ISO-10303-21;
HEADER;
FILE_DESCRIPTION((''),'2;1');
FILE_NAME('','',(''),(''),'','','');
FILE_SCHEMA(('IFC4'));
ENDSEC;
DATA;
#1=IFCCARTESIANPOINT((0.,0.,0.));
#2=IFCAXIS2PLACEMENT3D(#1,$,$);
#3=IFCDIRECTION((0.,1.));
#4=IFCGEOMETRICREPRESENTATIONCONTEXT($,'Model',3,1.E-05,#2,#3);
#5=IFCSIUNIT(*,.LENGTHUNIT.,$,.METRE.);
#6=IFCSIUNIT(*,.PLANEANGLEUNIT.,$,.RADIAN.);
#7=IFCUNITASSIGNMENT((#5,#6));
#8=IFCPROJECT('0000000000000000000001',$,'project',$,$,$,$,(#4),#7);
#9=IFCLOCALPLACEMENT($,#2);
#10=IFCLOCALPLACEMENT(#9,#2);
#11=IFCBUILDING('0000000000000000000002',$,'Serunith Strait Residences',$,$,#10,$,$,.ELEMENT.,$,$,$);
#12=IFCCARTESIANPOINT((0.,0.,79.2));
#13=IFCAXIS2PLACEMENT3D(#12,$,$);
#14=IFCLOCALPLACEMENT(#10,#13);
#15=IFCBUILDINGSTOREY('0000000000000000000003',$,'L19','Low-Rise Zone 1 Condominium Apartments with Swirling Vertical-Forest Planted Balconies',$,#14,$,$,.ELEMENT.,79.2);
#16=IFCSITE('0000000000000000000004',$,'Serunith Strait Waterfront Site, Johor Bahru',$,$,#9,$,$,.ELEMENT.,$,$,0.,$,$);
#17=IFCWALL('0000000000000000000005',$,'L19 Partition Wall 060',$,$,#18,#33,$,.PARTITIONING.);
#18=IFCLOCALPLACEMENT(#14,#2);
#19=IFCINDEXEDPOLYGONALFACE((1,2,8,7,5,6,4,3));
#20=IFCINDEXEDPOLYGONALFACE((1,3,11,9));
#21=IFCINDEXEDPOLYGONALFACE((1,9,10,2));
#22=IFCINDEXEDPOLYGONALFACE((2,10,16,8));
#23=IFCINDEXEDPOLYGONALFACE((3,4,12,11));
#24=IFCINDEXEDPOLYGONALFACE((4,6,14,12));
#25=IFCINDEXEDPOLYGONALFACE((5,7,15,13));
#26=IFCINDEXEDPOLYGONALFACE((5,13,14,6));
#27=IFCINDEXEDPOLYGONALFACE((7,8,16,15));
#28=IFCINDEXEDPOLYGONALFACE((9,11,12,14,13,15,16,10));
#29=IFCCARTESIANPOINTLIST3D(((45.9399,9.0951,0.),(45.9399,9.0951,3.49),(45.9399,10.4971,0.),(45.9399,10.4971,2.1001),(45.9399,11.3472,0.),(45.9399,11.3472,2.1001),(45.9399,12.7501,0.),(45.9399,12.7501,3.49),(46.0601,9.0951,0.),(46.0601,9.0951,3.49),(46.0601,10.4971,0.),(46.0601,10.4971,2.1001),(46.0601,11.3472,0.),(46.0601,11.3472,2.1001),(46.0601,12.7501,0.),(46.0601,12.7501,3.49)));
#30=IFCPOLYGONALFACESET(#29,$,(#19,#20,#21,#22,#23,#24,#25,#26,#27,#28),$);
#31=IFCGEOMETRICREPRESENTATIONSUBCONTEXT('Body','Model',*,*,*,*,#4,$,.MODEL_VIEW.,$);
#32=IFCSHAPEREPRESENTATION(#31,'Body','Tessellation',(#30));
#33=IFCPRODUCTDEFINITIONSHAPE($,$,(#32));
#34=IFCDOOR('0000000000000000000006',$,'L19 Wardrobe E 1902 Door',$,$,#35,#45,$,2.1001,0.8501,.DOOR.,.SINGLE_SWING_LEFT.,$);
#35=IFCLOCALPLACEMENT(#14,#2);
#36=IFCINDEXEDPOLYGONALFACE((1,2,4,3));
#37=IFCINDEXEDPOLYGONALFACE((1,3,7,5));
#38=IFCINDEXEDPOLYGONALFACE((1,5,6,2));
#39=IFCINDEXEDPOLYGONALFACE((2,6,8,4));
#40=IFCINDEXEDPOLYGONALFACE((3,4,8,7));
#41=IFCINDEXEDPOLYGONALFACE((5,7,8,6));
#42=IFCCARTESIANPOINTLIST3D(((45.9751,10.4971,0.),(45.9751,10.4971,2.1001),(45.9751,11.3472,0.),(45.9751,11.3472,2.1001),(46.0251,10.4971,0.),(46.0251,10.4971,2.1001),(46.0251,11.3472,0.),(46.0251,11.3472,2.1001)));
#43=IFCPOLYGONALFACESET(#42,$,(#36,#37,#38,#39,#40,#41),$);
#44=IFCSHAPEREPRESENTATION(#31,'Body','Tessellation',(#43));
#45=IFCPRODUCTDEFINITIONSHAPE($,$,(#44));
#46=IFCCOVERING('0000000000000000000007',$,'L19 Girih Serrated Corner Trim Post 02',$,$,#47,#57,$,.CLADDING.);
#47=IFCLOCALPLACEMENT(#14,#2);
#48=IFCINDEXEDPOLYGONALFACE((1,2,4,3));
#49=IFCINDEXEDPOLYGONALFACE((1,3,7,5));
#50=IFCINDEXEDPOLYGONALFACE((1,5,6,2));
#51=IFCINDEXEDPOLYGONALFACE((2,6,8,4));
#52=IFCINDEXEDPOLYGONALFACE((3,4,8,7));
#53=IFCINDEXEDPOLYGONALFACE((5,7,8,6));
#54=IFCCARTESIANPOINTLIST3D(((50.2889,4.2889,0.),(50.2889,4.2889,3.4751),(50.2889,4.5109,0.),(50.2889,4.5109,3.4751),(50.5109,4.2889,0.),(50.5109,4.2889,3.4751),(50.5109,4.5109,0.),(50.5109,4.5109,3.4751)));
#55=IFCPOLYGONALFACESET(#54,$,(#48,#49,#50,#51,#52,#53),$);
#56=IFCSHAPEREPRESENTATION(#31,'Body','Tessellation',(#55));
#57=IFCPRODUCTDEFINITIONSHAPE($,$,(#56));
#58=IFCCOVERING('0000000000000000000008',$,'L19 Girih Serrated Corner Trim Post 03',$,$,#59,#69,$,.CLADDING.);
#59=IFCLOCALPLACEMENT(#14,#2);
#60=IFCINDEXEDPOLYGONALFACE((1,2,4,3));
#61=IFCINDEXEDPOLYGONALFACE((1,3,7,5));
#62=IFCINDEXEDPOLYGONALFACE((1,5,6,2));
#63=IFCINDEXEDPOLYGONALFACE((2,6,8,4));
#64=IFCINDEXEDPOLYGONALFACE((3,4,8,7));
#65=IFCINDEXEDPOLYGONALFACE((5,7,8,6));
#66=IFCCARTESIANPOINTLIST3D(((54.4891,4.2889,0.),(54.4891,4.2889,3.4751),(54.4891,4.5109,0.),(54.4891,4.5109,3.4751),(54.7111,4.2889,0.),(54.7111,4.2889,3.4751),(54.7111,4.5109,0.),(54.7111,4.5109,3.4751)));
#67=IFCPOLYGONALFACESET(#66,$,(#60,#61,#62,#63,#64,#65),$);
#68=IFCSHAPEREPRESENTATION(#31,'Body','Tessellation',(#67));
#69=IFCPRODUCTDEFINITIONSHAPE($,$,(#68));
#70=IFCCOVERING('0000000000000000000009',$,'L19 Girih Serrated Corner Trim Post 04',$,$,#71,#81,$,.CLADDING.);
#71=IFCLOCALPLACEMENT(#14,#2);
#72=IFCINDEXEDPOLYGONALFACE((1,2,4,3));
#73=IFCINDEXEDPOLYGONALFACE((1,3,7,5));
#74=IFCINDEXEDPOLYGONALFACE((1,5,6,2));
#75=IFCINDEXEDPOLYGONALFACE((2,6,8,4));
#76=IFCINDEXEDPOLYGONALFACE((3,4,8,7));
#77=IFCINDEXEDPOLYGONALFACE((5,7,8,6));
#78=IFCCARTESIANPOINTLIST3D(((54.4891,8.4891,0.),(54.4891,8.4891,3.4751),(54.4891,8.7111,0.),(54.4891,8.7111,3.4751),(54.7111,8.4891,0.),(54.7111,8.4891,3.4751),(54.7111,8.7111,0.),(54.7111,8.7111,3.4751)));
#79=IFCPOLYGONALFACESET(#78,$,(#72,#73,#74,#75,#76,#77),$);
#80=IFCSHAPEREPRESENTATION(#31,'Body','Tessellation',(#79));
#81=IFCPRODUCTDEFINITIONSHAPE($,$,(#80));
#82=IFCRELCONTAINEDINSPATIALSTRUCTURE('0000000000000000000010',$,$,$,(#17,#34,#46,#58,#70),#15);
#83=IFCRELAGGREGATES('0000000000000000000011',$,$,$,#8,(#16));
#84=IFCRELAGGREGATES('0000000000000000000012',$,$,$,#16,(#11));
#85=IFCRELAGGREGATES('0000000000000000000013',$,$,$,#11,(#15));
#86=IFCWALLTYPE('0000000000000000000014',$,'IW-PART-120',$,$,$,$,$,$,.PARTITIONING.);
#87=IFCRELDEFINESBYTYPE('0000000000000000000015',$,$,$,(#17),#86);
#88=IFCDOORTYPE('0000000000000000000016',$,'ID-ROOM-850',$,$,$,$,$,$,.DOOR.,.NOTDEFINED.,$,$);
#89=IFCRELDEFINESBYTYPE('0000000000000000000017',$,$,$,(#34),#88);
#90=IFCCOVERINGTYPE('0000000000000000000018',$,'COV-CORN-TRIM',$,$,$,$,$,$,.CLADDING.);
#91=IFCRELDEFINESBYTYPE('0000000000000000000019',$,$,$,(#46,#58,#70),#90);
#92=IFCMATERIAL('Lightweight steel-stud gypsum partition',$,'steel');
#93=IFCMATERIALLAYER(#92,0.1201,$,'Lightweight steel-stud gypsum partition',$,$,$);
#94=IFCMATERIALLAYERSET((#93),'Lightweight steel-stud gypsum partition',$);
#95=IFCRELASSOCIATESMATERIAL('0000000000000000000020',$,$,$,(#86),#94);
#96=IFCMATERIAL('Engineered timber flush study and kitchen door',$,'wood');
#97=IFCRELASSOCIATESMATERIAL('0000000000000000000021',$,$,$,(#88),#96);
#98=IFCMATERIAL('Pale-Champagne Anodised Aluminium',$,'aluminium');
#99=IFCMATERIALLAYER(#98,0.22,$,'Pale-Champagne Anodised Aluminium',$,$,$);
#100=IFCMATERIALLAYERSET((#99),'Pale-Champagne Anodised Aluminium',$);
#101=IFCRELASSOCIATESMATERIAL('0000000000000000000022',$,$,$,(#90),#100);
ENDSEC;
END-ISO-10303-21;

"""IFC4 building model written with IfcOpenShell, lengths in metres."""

from ifc_helpers import new_model, si_unit, direction, frame, frame_2d, origin, origin_2d, place, context, subcontext, project, spatial, rectangle, extrude, source, transform, mapped, material, layer, layer_set, type_object, element, fill, save


model = new_model("IFC4")

# Units and contexts
model_context = context("Model", 3, precision=1e-05, world=origin(), true_north=direction((0.0, 1.0)))
body_context = subcontext(model_context, "Body", "Model", "MODEL_VIEW")
ifc_project = project(units=[si_unit("LENGTHUNIT", "METRE"), si_unit("PLANEANGLEUNIT", "RADIAN")], contexts=[model_context])

# Site, building, storey
site_placement = place(None, origin())
site = spatial("IfcSite", under=ifc_project, at=site_placement, Name="Serunith Strait Waterfront Site, Johor Bahru", CompositionType="ELEMENT", RefElevation=0.0)
building_placement = place(site_placement, origin())
building = spatial("IfcBuilding", under=site, at=building_placement, Name="Serunith Strait Residences", CompositionType="ELEMENT")
storey_placement = place(building_placement, frame((0.0, 0.0, 79.2)))
storey = spatial("IfcBuildingStorey", under=building, at=storey_placement, Name="L19", Description="Low-Rise Zone 1 Condominium Apartments with Swirling Vertical-Forest Planted Balconies", CompositionType="ELEMENT", Elevation=79.2)

# Shared definitions
ifc_material_1 = material(Name="Pale-Champagne Anodised Aluminium", Category="aluminium")

# Shared definitions
ifc_material_2 = material(Name="Lightweight steel-stud gypsum partition", Category="steel")
ifc_layer_1 = layer(ifc_material_2, 0.1201, Name="Lightweight steel-stud gypsum partition")
ifc_layer_set_1 = layer_set([ifc_layer_1], Name="Lightweight steel-stud gypsum partition")
wall_type_1 = type_object("IfcWallType", Name="IW-PART-120", PredefinedType="PARTITIONING", material=ifc_layer_set_1)

# Wall, opening, door
shared_shape_1 = source(origin(), body_context, "Body", "SweptSolid", [
    extrude(rectangle(XDim=0.8501, YDim=2.1001, at=frame_2d((0.425, 1.05))), frame((0.0, 0.0249, 0.0), z_axis=(0.0, -1.0, 0.0), x_axis=(1.0, 0.0, 0.0)), (0.0, 0.0, 1.0), 0.05),
])
wall_1_placement = place(storey_placement, frame((46.0, 9.095, 0.0), z_axis=(0.0, 0.0, 1.0), x_axis=(0.0, 1.0, 0.0)))
wall_1 = element("IfcWall", 1, at=wall_1_placement, inside=storey, type_object=wall_type_1, Name="L19 Partition Wall 060", PredefinedType="PARTITIONING", context=body_context, shape_type="SweptSolid", body=[
    extrude(rectangle(XDim=3.655, YDim=0.1201, at=frame_2d((1.8276, 0.0))), origin(), (0.0, 0.0, 1.0), 3.49),
])
opening_1_placement = place(wall_1_placement, frame((1.4021, 0.0, 0.0)))
opening_1 = element("IfcOpeningElement", 2, at=opening_1_placement, cuts=wall_1, PredefinedType="OPENING", context=body_context, shape_type="SweptSolid", body=[
    extrude(rectangle(XDim=0.8501, YDim=2.1001, at=frame_2d((0.425, 1.05))), frame((0.0, 0.0701, 0.0), z_axis=(0.0, -1.0, 0.0), x_axis=(1.0, 0.0, 0.0)), (0.0, 0.0, 1.0), 0.1401),
])
ifc_material_3 = material(Name="Engineered timber flush study and kitchen door", Category="wood")
door_type_1 = type_object("IfcDoorType", Name="ID-ROOM-850", OperationType="NOTDEFINED", PredefinedType="DOOR", material=ifc_material_3)
door_1_placement = place(opening_1_placement, origin())
door_1 = element("IfcDoor", 3, at=door_1_placement, inside=storey, type_object=door_type_1, Name="L19 Wardrobe E 1902 Door", OperationType="SINGLE_SWING_LEFT", OverallHeight=2.1001, OverallWidth=0.8501, PredefinedType="DOOR", context=body_context, shape_type="MappedRepresentation", body=[
    mapped(shared_shape_1, transform((0.0, 0.0, 0.0), scale=1.0)),
])
fill(opening_1, door_1)

# Coverings
ifc_layer_2 = layer(ifc_material_1, 0.22, Name="Pale-Champagne Anodised Aluminium")
ifc_layer_set_2 = layer_set([ifc_layer_2], Name="Pale-Champagne Anodised Aluminium")
covering_type = type_object("IfcCoveringType", Name="COV-CORN-TRIM", PredefinedType="CLADDING", material=ifc_layer_set_2)
shared_shape_2 = source(origin(), body_context, "Body", "SweptSolid", [
    extrude(rectangle(XDim=0.2219, YDim=0.2219, at=origin_2d()), origin(), (0.0, 0.0, 1.0), 3.4751),
])
for number, where, z_axis, x_axis, name in (
    (4, (50.3999, 4.3999, 0.0), (0.0, 0.0, 1.0), (1.0, 0.0, 0.0), "L19 Girih Serrated Corner Trim Post 02"),
    (5, (54.6001, 4.3999, 0.0), (0.0, 0.0, 1.0), (1.0, 0.0, 0.0), "L19 Girih Serrated Corner Trim Post 03"),
    (6, (54.6001, 8.6001, 0.0), (0.0, 0.0, 1.0), (1.0, 0.0, 0.0), "L19 Girih Serrated Corner Trim Post 04"),
):
    element("IfcCovering", number, at=place(storey_placement, frame(where, z_axis=z_axis, x_axis=x_axis)), inside=storey, type_object=covering_type, Name=name, PredefinedType="CLADDING", context=body_context, shape_type="MappedRepresentation", body=[
        mapped(shared_shape_2, transform((0.0, 0.0, 0.0), scale=1.0)),
    ])

save(model, "model.ifc")
